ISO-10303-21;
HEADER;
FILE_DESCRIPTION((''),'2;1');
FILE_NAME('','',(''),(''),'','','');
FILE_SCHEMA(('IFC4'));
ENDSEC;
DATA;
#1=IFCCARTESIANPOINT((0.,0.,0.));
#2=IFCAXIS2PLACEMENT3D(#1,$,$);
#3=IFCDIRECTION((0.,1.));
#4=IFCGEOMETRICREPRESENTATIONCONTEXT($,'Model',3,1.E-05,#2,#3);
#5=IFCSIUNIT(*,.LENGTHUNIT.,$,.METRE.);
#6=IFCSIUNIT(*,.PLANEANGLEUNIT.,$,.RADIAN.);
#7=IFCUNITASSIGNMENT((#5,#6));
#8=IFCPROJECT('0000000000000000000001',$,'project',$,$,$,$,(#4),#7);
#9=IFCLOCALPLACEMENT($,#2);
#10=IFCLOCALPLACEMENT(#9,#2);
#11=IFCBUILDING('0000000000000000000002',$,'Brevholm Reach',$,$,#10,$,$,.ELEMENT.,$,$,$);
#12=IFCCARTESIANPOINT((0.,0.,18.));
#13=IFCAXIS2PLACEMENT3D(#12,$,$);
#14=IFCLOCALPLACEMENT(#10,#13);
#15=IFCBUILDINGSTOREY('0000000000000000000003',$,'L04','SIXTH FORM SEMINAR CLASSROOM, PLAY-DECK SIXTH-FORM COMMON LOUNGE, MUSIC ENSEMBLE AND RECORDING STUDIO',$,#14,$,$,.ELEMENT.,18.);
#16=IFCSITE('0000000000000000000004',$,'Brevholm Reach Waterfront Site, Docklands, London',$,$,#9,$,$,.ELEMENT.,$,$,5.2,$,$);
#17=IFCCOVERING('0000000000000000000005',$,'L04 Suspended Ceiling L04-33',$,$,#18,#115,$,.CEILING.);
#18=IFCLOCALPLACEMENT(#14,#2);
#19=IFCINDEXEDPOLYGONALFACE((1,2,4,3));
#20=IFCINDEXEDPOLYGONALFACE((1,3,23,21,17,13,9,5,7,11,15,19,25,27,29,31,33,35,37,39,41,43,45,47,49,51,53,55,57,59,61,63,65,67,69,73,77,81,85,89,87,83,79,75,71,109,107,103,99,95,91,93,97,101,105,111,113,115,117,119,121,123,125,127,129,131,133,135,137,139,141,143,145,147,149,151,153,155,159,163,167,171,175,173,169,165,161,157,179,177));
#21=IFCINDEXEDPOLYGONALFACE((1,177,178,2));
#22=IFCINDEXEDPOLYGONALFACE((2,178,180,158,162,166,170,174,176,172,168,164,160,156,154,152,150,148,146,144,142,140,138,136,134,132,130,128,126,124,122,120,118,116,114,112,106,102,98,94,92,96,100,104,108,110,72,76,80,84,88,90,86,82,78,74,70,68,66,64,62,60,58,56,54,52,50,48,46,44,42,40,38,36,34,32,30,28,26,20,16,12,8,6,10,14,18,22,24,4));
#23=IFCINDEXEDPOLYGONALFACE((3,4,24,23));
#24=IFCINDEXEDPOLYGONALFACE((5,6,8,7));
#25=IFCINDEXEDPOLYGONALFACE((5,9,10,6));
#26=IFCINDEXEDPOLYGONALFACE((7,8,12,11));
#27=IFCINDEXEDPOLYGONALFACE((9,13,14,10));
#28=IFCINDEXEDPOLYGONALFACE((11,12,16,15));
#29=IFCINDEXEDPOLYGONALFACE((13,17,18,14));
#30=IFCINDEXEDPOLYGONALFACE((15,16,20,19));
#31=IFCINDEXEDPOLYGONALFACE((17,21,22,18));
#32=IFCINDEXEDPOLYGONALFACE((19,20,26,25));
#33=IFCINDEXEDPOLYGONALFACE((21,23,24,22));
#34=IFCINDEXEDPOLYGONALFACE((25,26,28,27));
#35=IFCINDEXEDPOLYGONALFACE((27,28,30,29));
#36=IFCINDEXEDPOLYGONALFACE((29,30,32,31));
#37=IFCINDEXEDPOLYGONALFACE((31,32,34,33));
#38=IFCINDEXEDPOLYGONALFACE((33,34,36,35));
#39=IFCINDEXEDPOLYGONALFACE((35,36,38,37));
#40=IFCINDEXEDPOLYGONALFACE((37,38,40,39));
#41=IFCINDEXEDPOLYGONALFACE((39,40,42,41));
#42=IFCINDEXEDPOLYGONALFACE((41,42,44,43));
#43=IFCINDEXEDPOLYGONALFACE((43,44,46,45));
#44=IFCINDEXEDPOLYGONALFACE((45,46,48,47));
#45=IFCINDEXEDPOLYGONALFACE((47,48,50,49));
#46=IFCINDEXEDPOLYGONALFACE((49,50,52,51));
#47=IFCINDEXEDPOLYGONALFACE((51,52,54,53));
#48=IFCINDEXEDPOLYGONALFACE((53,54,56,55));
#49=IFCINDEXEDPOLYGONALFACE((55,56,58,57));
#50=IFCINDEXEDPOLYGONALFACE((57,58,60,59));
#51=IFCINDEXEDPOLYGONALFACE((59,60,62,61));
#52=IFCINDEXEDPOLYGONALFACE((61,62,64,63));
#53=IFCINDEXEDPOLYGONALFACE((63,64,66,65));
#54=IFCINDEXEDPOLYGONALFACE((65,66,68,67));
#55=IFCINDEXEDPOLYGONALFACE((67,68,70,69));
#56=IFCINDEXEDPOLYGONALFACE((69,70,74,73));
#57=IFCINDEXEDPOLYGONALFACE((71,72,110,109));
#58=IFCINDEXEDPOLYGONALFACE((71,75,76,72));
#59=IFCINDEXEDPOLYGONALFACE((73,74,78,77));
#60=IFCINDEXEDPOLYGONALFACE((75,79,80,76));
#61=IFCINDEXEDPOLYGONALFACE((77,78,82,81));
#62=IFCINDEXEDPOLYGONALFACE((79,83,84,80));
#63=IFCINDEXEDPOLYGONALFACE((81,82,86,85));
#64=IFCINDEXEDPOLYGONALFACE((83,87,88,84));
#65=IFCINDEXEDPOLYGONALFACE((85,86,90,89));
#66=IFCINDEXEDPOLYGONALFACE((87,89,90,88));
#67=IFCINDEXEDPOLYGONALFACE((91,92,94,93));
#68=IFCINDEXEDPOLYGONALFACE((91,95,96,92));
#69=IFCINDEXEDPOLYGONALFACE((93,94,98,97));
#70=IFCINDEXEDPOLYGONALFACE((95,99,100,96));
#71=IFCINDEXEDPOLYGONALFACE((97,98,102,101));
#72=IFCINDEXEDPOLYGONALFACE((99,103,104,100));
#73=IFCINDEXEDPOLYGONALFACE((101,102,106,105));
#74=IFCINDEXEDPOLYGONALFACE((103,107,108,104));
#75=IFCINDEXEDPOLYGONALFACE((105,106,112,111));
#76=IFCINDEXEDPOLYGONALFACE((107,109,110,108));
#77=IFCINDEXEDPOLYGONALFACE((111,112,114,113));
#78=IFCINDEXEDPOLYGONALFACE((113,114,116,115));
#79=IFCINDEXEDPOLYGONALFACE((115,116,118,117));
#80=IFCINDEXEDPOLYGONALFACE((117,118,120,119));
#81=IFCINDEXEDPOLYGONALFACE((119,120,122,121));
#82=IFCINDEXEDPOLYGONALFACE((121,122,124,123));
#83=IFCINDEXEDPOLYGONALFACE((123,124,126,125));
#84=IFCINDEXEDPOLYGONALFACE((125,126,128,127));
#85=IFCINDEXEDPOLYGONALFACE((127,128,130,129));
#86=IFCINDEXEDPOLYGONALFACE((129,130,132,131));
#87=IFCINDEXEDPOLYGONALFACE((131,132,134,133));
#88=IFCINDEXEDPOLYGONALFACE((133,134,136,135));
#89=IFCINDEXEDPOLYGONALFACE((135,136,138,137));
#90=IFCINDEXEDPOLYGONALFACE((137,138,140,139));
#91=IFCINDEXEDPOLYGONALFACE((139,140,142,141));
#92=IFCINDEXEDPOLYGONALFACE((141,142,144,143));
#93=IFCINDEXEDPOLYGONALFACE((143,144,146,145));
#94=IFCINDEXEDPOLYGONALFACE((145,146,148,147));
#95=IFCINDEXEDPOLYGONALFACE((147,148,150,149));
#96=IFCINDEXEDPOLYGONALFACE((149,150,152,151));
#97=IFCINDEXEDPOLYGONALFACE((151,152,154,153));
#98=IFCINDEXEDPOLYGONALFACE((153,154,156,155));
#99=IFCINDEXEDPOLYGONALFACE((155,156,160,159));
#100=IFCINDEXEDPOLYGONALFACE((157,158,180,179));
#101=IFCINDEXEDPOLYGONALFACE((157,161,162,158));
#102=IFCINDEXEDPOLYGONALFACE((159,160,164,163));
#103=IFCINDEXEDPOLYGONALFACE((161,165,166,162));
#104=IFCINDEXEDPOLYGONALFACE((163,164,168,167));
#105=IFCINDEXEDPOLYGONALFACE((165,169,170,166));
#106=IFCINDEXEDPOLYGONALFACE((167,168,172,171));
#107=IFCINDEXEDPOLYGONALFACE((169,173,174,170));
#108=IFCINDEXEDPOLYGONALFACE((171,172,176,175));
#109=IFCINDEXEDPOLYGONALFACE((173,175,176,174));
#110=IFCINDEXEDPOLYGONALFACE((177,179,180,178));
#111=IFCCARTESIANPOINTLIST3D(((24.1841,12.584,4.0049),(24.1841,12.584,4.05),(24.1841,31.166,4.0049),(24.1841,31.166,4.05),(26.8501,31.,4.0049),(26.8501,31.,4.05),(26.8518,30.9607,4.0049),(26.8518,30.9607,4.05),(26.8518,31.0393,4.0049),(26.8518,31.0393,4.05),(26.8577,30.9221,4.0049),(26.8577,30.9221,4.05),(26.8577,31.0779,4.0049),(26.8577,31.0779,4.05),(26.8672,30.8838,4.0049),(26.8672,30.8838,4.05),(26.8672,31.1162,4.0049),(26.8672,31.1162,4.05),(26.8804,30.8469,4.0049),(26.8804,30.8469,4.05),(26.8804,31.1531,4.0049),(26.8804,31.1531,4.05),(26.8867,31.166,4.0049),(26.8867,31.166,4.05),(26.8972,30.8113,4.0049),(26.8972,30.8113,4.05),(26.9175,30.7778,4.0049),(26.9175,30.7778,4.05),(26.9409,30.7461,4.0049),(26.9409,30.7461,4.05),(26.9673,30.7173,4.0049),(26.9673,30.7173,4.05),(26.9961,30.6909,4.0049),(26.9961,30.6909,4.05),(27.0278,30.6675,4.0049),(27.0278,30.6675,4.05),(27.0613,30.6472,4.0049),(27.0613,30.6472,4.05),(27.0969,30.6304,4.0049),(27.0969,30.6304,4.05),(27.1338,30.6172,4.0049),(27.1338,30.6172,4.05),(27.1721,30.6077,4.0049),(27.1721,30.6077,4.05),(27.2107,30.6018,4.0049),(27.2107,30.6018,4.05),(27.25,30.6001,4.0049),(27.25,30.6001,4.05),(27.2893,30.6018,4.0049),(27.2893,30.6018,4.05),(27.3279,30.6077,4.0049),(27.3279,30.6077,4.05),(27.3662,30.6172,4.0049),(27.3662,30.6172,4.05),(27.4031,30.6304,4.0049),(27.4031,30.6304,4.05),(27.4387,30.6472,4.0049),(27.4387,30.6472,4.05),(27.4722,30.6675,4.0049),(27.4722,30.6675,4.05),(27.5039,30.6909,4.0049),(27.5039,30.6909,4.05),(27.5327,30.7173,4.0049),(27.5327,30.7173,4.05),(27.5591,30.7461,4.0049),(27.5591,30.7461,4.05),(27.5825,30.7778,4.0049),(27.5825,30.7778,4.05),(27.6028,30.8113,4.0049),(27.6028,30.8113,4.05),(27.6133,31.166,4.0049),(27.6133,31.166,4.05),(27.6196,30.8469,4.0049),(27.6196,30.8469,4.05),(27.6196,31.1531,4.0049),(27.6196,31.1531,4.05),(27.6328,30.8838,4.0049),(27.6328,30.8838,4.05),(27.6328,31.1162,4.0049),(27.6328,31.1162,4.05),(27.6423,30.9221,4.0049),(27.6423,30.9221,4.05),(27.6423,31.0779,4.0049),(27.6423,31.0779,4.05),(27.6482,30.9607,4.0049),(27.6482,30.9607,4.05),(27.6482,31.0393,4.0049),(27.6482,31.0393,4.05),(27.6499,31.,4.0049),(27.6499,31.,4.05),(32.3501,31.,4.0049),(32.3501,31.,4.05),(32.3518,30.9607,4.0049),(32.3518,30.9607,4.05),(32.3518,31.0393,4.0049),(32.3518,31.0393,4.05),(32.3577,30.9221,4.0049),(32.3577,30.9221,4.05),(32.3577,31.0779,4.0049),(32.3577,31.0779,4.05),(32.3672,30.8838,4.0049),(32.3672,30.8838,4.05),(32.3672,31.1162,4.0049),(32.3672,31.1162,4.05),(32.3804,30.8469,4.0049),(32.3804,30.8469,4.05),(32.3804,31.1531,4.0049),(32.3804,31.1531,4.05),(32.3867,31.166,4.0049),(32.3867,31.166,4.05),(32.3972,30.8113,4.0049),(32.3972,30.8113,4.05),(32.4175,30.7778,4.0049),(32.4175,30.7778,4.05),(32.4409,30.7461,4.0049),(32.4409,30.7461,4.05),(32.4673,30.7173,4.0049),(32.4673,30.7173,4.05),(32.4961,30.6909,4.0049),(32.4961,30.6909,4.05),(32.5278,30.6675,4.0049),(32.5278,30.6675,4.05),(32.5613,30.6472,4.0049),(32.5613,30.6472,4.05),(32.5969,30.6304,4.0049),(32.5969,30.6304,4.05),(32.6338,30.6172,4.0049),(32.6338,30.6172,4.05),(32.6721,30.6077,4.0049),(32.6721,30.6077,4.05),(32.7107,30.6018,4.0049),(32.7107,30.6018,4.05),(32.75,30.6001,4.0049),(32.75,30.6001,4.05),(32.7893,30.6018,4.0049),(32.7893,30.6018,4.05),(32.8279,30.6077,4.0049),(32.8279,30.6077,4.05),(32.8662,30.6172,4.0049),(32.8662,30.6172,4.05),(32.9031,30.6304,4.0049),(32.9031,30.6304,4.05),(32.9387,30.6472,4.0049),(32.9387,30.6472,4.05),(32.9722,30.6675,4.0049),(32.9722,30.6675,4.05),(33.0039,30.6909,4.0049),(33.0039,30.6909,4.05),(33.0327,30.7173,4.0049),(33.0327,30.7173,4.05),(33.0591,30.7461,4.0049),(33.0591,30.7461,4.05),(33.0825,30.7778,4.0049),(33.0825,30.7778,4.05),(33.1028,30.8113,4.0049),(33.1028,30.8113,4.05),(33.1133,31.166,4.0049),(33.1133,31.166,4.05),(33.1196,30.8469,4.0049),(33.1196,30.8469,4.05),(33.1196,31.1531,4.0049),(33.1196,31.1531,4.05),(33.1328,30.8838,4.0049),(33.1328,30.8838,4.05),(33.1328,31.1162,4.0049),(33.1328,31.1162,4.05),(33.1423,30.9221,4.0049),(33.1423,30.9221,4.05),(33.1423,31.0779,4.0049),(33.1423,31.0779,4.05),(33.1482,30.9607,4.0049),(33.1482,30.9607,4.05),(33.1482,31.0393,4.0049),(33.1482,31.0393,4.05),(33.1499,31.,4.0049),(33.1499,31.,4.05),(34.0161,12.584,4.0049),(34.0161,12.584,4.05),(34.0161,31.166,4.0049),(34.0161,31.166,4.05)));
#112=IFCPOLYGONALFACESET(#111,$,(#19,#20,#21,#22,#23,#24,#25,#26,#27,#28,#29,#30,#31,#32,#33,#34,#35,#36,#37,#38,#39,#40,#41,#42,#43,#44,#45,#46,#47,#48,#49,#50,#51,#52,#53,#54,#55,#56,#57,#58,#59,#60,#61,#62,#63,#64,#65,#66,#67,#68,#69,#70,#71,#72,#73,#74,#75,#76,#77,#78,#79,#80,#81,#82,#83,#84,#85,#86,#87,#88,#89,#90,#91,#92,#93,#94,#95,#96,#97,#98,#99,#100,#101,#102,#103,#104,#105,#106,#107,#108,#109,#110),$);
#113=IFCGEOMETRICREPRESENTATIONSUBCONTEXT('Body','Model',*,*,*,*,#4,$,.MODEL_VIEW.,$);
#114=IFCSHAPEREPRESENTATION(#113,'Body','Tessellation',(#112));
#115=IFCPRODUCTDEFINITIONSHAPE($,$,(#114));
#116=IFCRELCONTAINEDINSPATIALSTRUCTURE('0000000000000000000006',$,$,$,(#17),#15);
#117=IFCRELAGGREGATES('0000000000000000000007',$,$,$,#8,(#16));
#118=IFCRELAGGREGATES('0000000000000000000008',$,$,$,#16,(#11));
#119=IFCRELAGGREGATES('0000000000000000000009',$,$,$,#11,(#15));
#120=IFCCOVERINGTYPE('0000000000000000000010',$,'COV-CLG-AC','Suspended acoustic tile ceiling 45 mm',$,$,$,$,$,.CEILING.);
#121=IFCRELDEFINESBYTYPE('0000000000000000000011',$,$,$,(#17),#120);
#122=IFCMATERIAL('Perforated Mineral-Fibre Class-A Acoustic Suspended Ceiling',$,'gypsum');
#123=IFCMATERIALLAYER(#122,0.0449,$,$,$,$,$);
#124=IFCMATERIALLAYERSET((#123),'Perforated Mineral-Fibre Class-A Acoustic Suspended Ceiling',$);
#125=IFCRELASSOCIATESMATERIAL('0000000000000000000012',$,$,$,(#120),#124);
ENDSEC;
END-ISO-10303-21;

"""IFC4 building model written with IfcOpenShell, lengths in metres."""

from ifc_helpers import new_model, si_unit, direction, frame, origin, place, context, subcontext, project, spatial, polyline, outline, extrude, material, layer, layer_set, type_object, element, save


model = new_model("IFC4")

# Units and contexts
model_context = context("Model", 3, precision=1e-05, world=origin(), true_north=direction((0.0, 1.0)))
body_context = subcontext(model_context, "Body", "Model", "MODEL_VIEW")
ifc_project = project(units=[si_unit("LENGTHUNIT", "METRE"), si_unit("PLANEANGLEUNIT", "RADIAN")], contexts=[model_context])

# Site, building, storey
site_placement = place(None, origin())
site = spatial("IfcSite", under=ifc_project, at=site_placement, Name="Brevholm Reach Waterfront Site, Docklands, London", CompositionType="ELEMENT", RefElevation=5.2)
building_placement = place(site_placement, origin())
building = spatial("IfcBuilding", under=site, at=building_placement, Name="Brevholm Reach", CompositionType="ELEMENT")
storey_placement = place(building_placement, frame((0.0, 0.0, 18.0)))
storey = spatial("IfcBuildingStorey", under=building, at=storey_placement, Name="L04", Description="SIXTH FORM SEMINAR CLASSROOM, PLAY-DECK SIXTH-FORM COMMON LOUNGE, MUSIC ENSEMBLE AND RECORDING STUDIO", CompositionType="ELEMENT", Elevation=18.0)

# Covering
ifc_material_1 = material(Name="Perforated Mineral-Fibre Class-A Acoustic Suspended Ceiling", Category="gypsum")
ifc_layer_1 = layer(ifc_material_1, 0.0449)
ifc_layer_set_1 = layer_set([ifc_layer_1], Name="Perforated Mineral-Fibre Class-A Acoustic Suspended Ceiling")
covering_type_1 = type_object("IfcCoveringType", Name="COV-CLG-AC", Description="Suspended acoustic tile ceiling 45 mm", PredefinedType="CEILING", material=ifc_layer_set_1)
covering_1_placement = place(storey_placement, frame((0.0, 0.0, 4.0049)))
element("IfcCovering", 1, at=covering_1_placement, inside=storey, type_object=covering_type_1, Name="L04 Suspended Ceiling L04-33", PredefinedType="CEILING", context=body_context, shape_type="SweptSolid", body=[
    extrude(outline(polyline([(26.8867, 31.166), (26.8804, 31.1531), (26.8672, 31.1162), (26.8577, 31.0779), (26.8518, 31.0393), (26.8501, 31.0), (26.8518, 30.9607), (26.8577, 30.9221), (26.8672, 30.8838), (26.8804, 30.8469), (26.8972, 30.8113), (26.9175, 30.7778), (26.9409, 30.7461), (26.9673, 30.7173), (26.9961, 30.6909), (27.0278, 30.6675), (27.0613, 30.6472), (27.0969, 30.6304), (27.1338, 30.6172), (27.1721, 30.6077), (27.2107, 30.6018), (27.25, 30.6001), (27.2893, 30.6018), (27.3279, 30.6077), (27.3662, 30.6172), (27.4031, 30.6304), (27.4387, 30.6472), (27.4722, 30.6675), (27.5039, 30.6909), (27.5327, 30.7173), (27.5591, 30.7461), (27.5825, 30.7778), (27.6028, 30.8113), (27.6196, 30.8469), (27.6328, 30.8838), (27.6423, 30.9221), (27.6482, 30.9607), (27.6499, 31.0), (27.6482, 31.0393), (27.6423, 31.0779), (27.6328, 31.1162), (27.6196, 31.1531), (27.6133, 31.166), (32.3867, 31.166), (32.3804, 31.1531), (32.3672, 31.1162), (32.3577, 31.0779), (32.3518, 31.0393), (32.3501, 31.0), (32.3518, 30.9607), (32.3577, 30.9221), (32.3672, 30.8838), (32.3804, 30.8469), (32.3972, 30.8113), (32.4175, 30.7778), (32.4409, 30.7461), (32.4673, 30.7173), (32.4961, 30.6909), (32.5278, 30.6675), (32.5613, 30.6472), (32.5969, 30.6304), (32.6338, 30.6172), (32.6721, 30.6077), (32.7107, 30.6018), (32.75, 30.6001), (32.7893, 30.6018), (32.8279, 30.6077), (32.8662, 30.6172), (32.9031, 30.6304), (32.9387, 30.6472), (32.9722, 30.6675), (33.0039, 30.6909), (33.0327, 30.7173), (33.0591, 30.7461), (33.0825, 30.7778), (33.1028, 30.8113), (33.1196, 30.8469), (33.1328, 30.8838), (33.1423, 30.9221), (33.1482, 30.9607), (33.1499, 31.0), (33.1482, 31.0393), (33.1423, 31.0779), (33.1328, 31.1162), (33.1196, 31.1531), (33.1133, 31.166), (34.0161, 31.166), (34.0161, 12.584), (24.1841, 12.584), (24.1841, 31.166), (26.8867, 31.166)])), origin(), (0.0, 0.0, 1.0), 0.0452),
])

save(model, "model.ifc")
